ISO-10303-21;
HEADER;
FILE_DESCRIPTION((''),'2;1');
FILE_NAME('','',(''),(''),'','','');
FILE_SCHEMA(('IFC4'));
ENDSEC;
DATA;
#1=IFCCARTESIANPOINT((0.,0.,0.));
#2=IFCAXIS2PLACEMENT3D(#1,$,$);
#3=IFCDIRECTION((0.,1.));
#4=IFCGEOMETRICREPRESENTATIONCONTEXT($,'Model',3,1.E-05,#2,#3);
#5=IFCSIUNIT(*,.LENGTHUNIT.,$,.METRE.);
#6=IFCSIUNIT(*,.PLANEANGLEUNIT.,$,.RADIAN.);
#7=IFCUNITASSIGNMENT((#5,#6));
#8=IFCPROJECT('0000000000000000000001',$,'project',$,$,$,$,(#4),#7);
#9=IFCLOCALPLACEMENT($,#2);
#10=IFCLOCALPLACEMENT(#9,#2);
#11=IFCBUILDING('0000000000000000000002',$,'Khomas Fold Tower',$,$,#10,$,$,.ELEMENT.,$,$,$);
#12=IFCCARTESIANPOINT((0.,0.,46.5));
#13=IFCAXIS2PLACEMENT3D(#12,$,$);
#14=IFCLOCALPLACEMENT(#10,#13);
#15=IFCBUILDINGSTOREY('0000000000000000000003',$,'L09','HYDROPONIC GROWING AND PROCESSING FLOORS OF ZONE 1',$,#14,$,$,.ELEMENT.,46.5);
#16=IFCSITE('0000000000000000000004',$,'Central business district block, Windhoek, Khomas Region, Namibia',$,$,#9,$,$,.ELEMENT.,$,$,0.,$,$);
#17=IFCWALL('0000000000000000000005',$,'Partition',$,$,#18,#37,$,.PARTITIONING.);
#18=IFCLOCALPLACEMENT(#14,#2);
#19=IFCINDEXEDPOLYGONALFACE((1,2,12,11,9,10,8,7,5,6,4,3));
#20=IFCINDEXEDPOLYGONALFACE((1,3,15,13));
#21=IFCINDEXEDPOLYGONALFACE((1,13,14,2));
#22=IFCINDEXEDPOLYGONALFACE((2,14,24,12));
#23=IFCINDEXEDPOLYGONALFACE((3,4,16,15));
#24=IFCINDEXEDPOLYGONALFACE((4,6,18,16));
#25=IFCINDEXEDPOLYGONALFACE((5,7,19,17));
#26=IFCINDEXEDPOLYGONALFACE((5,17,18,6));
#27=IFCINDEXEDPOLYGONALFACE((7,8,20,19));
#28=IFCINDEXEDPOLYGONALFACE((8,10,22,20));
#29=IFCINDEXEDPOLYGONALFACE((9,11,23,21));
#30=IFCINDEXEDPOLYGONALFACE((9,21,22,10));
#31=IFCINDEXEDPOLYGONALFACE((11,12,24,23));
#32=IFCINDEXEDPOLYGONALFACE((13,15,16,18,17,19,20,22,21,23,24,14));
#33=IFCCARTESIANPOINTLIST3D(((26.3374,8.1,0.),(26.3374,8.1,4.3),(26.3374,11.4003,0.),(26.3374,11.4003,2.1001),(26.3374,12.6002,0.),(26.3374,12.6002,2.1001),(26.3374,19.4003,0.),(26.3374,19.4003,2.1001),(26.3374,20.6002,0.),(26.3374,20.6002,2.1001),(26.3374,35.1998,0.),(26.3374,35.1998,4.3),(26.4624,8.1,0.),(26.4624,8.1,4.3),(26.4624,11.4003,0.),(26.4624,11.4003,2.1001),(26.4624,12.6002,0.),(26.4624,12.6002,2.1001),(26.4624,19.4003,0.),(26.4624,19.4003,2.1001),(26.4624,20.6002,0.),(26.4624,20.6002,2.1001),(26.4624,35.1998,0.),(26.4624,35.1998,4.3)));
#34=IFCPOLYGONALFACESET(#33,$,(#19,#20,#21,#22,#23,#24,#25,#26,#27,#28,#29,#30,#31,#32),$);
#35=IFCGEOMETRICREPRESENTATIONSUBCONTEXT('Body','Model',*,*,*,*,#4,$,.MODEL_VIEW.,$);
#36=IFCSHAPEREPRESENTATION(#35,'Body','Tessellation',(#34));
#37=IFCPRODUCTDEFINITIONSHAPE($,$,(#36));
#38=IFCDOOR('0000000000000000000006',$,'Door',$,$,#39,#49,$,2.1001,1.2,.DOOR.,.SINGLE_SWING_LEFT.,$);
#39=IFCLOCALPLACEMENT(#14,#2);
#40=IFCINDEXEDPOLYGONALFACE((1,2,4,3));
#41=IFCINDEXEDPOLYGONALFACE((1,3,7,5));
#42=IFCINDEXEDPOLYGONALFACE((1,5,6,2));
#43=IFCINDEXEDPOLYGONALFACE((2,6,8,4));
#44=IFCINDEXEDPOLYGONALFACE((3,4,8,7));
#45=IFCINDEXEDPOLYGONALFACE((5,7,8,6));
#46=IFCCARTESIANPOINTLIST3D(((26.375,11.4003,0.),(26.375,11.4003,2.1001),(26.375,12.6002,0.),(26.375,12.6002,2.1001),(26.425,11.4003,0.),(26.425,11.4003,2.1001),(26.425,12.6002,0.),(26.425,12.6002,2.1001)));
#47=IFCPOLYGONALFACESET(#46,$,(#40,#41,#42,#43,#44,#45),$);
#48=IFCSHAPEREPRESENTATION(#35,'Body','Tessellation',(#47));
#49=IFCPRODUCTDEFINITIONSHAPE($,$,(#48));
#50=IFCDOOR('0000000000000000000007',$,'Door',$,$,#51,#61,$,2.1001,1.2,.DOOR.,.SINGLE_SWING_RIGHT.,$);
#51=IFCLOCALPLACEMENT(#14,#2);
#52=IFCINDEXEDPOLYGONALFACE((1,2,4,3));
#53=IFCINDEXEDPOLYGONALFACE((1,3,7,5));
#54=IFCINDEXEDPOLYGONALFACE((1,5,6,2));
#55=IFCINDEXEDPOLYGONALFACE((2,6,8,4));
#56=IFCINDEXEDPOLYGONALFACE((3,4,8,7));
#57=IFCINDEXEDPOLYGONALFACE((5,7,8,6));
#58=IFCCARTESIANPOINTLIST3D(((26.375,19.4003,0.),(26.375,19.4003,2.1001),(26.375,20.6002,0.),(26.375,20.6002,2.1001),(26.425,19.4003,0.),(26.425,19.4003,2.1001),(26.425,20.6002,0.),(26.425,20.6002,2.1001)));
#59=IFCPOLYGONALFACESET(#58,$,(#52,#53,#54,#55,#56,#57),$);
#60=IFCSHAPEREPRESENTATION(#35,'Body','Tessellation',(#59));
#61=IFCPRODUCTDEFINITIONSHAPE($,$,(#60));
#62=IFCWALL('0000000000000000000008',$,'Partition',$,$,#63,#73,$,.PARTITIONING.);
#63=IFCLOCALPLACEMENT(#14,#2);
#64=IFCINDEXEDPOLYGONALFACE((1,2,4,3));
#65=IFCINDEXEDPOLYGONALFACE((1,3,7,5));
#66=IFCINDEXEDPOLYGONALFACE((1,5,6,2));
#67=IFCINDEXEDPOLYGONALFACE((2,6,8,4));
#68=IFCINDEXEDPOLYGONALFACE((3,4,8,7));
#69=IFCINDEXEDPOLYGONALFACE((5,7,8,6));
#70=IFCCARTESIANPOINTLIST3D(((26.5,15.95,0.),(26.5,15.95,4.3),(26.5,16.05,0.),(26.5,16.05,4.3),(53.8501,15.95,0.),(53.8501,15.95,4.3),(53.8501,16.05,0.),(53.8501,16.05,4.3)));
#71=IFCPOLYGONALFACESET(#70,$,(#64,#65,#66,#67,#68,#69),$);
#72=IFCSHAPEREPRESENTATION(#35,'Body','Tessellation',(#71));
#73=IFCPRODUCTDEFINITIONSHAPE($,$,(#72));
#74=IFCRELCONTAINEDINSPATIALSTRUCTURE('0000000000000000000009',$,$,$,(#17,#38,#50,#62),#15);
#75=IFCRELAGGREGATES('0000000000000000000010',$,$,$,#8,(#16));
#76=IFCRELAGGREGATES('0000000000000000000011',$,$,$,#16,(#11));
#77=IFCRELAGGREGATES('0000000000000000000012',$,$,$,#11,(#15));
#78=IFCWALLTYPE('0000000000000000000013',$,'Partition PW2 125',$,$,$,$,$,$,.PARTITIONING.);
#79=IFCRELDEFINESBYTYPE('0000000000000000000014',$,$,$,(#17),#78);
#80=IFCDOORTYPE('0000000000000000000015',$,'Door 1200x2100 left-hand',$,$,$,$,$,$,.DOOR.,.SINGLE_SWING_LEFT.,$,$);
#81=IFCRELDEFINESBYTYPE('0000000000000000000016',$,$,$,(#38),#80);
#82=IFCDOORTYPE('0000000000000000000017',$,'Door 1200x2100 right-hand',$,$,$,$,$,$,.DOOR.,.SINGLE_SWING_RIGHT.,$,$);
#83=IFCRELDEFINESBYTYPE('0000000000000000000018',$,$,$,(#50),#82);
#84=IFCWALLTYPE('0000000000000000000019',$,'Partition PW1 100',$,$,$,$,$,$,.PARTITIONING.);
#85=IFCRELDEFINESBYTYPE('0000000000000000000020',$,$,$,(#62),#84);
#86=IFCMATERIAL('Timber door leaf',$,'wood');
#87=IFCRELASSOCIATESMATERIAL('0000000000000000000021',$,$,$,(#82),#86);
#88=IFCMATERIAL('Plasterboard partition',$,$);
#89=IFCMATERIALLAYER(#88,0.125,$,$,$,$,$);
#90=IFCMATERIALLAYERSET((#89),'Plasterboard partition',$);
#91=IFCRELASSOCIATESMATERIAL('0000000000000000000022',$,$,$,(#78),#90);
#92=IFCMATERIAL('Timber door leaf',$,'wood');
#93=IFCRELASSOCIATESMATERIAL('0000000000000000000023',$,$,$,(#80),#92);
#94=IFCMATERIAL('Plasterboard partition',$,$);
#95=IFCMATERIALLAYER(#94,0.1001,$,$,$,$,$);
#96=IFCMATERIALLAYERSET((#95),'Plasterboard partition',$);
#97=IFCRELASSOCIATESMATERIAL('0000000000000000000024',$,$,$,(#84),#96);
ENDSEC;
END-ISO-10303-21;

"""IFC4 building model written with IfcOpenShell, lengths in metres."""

from ifc_helpers import new_model, si_unit, direction, frame, frame_2d, origin, place, context, subcontext, project, spatial, rectangle, extrude, source, transform, mapped, material, layer, layer_set, type_object, element, fill, save


model = new_model("IFC4")

# Units and contexts
model_context = context("Model", 3, precision=1e-05, world=origin(), true_north=direction((0.0, 1.0)))
body_context = subcontext(model_context, "Body", "Model", "MODEL_VIEW")
ifc_project = project(units=[si_unit("LENGTHUNIT", "METRE"), si_unit("PLANEANGLEUNIT", "RADIAN")], contexts=[model_context])

# Site, building, storey
site_placement = place(None, origin())
site = spatial("IfcSite", under=ifc_project, at=site_placement, Name="Central business district block, Windhoek, Khomas Region, Namibia", CompositionType="ELEMENT", RefElevation=0.0)
building_placement = place(site_placement, origin())
building = spatial("IfcBuilding", under=site, at=building_placement, Name="Khomas Fold Tower", CompositionType="ELEMENT")
storey_placement = place(building_placement, frame((0.0, 0.0, 46.5)))
storey = spatial("IfcBuildingStorey", under=building, at=storey_placement, Name="L09", Description="HYDROPONIC GROWING AND PROCESSING FLOORS OF ZONE 1", CompositionType="ELEMENT", Elevation=46.5)

# Shared definitions
ifc_material_1 = material(Name="Timber door leaf", Category="wood")
door_type_1 = type_object("IfcDoorType", Name="Door 1200x2100 right-hand", OperationType="SINGLE_SWING_RIGHT", PredefinedType="DOOR", material=ifc_material_1)

# Wall, openings, doors
ifc_material_2 = material(Name="Plasterboard partition")
ifc_layer_1 = layer(ifc_material_2, 0.125)
ifc_layer_set_1 = layer_set([ifc_layer_1], Name="Plasterboard partition")
wall_type_1 = type_object("IfcWallType", Name="Partition PW2 125", PredefinedType="PARTITIONING", material=ifc_layer_set_1)
shared_shape_1 = source(origin(), body_context, "Body", "SweptSolid", [
    extrude(rectangle(XDim=27.0999, YDim=0.125, at=frame_2d((13.5498, 0.0))), origin(), (0.0, 0.0, 1.0), 4.3),
])
wall_1_placement = place(storey_placement, frame((26.3999, 8.1001, 0.0), z_axis=(0.0, 0.0, 1.0), x_axis=(0.0, 1.0, 0.0)))
wall_1 = element("IfcWall", 1, at=wall_1_placement, inside=storey, type_object=wall_type_1, Name="Partition", PredefinedType="PARTITIONING", context=body_context, shape_type="MappedRepresentation", body=[
    mapped(shared_shape_1, transform((0.0, 0.0, 0.0))),
])
shared_shape_2 = source(origin(), body_context, "Body", "SweptSolid", [
    extrude(rectangle(XDim=1.2, YDim=2.1001, at=frame_2d((0.6001, 1.05))), frame((0.0, 0.0725, 0.0), z_axis=(0.0, -1.0, 0.0), x_axis=(1.0, 0.0, 0.0)), (0.0, 0.0, 1.0), 0.145),
])
opening_1_placement = place(wall_1_placement, frame((3.3, 0.0, 0.0)))
opening_1 = element("IfcOpeningElement", 2, at=opening_1_placement, cuts=wall_1, PredefinedType="OPENING", context=body_context, shape_type="MappedRepresentation", body=[
    mapped(shared_shape_2, transform((0.0, 0.0, 0.0))),
])
opening_2_placement = place(wall_1_placement, frame((11.3, 0.0, 0.0)))
opening_2 = element("IfcOpeningElement", 3, at=opening_2_placement, cuts=wall_1, PredefinedType="OPENING", context=body_context, shape_type="MappedRepresentation", body=[
    mapped(shared_shape_2, transform((0.0, 0.0, 0.0))),
])
ifc_material_3 = material(Name="Timber door leaf", Category="wood")
door_type_2 = type_object("IfcDoorType", Name="Door 1200x2100 left-hand", OperationType="SINGLE_SWING_LEFT", PredefinedType="DOOR", material=ifc_material_3)
shared_shape_3 = source(origin(), body_context, "Body", "SweptSolid", [
    extrude(rectangle(XDim=1.2, YDim=2.1001, at=frame_2d((0.6001, 1.05))), frame((0.0, 0.0249, 0.0), z_axis=(0.0, -1.0, 0.0), x_axis=(1.0, 0.0, 0.0)), (0.0, 0.0, 1.0), 0.05),
])
door_1_placement = place(opening_1_placement, origin())
door_1 = element("IfcDoor", 4, at=door_1_placement, inside=storey, type_object=door_type_2, Name="Door", OperationType="SINGLE_SWING_LEFT", OverallHeight=2.1001, OverallWidth=1.2, PredefinedType="DOOR", context=body_context, shape_type="MappedRepresentation", body=[
    mapped(shared_shape_3, transform((0.0, 0.0, 0.0))),
])
fill(opening_1, door_1)
door_2_placement = place(opening_2_placement, origin())
door_2 = element("IfcDoor", 5, at=door_2_placement, inside=storey, type_object=door_type_1, Name="Door", OperationType="SINGLE_SWING_RIGHT", OverallHeight=2.1001, OverallWidth=1.2, PredefinedType="DOOR", context=body_context, shape_type="MappedRepresentation", body=[
    mapped(shared_shape_3, transform((0.0, 0.0, 0.0))),
])
fill(opening_2, door_2)

# Wall
ifc_material_4 = material(Name="Plasterboard partition")
ifc_layer_2 = layer(ifc_material_4, 0.1001)
ifc_layer_set_2 = layer_set([ifc_layer_2], Name="Plasterboard partition")
wall_type_2 = type_object("IfcWallType", Name="Partition PW1 100", PredefinedType="PARTITIONING", material=ifc_layer_set_2)
shared_shape_4 = source(origin(), body_context, "Body", "SweptSolid", [
    extrude(rectangle(XDim=27.3501, YDim=0.1001, at=frame_2d((13.675, 0.0))), origin(), (0.0, 0.0, 1.0), 4.3),
])
wall_2_placement = place(storey_placement, frame((26.5, 16.0, 0.0), z_axis=(0.0, 0.0, 1.0), x_axis=(1.0, 0.0, 0.0)))
element("IfcWall", 6, at=wall_2_placement, inside=storey, type_object=wall_type_2, Name="Partition", PredefinedType="PARTITIONING", context=body_context, shape_type="MappedRepresentation", body=[
    mapped(shared_shape_4, transform((0.0, 0.0, 0.0))),
])

save(model, "model.ifc")
